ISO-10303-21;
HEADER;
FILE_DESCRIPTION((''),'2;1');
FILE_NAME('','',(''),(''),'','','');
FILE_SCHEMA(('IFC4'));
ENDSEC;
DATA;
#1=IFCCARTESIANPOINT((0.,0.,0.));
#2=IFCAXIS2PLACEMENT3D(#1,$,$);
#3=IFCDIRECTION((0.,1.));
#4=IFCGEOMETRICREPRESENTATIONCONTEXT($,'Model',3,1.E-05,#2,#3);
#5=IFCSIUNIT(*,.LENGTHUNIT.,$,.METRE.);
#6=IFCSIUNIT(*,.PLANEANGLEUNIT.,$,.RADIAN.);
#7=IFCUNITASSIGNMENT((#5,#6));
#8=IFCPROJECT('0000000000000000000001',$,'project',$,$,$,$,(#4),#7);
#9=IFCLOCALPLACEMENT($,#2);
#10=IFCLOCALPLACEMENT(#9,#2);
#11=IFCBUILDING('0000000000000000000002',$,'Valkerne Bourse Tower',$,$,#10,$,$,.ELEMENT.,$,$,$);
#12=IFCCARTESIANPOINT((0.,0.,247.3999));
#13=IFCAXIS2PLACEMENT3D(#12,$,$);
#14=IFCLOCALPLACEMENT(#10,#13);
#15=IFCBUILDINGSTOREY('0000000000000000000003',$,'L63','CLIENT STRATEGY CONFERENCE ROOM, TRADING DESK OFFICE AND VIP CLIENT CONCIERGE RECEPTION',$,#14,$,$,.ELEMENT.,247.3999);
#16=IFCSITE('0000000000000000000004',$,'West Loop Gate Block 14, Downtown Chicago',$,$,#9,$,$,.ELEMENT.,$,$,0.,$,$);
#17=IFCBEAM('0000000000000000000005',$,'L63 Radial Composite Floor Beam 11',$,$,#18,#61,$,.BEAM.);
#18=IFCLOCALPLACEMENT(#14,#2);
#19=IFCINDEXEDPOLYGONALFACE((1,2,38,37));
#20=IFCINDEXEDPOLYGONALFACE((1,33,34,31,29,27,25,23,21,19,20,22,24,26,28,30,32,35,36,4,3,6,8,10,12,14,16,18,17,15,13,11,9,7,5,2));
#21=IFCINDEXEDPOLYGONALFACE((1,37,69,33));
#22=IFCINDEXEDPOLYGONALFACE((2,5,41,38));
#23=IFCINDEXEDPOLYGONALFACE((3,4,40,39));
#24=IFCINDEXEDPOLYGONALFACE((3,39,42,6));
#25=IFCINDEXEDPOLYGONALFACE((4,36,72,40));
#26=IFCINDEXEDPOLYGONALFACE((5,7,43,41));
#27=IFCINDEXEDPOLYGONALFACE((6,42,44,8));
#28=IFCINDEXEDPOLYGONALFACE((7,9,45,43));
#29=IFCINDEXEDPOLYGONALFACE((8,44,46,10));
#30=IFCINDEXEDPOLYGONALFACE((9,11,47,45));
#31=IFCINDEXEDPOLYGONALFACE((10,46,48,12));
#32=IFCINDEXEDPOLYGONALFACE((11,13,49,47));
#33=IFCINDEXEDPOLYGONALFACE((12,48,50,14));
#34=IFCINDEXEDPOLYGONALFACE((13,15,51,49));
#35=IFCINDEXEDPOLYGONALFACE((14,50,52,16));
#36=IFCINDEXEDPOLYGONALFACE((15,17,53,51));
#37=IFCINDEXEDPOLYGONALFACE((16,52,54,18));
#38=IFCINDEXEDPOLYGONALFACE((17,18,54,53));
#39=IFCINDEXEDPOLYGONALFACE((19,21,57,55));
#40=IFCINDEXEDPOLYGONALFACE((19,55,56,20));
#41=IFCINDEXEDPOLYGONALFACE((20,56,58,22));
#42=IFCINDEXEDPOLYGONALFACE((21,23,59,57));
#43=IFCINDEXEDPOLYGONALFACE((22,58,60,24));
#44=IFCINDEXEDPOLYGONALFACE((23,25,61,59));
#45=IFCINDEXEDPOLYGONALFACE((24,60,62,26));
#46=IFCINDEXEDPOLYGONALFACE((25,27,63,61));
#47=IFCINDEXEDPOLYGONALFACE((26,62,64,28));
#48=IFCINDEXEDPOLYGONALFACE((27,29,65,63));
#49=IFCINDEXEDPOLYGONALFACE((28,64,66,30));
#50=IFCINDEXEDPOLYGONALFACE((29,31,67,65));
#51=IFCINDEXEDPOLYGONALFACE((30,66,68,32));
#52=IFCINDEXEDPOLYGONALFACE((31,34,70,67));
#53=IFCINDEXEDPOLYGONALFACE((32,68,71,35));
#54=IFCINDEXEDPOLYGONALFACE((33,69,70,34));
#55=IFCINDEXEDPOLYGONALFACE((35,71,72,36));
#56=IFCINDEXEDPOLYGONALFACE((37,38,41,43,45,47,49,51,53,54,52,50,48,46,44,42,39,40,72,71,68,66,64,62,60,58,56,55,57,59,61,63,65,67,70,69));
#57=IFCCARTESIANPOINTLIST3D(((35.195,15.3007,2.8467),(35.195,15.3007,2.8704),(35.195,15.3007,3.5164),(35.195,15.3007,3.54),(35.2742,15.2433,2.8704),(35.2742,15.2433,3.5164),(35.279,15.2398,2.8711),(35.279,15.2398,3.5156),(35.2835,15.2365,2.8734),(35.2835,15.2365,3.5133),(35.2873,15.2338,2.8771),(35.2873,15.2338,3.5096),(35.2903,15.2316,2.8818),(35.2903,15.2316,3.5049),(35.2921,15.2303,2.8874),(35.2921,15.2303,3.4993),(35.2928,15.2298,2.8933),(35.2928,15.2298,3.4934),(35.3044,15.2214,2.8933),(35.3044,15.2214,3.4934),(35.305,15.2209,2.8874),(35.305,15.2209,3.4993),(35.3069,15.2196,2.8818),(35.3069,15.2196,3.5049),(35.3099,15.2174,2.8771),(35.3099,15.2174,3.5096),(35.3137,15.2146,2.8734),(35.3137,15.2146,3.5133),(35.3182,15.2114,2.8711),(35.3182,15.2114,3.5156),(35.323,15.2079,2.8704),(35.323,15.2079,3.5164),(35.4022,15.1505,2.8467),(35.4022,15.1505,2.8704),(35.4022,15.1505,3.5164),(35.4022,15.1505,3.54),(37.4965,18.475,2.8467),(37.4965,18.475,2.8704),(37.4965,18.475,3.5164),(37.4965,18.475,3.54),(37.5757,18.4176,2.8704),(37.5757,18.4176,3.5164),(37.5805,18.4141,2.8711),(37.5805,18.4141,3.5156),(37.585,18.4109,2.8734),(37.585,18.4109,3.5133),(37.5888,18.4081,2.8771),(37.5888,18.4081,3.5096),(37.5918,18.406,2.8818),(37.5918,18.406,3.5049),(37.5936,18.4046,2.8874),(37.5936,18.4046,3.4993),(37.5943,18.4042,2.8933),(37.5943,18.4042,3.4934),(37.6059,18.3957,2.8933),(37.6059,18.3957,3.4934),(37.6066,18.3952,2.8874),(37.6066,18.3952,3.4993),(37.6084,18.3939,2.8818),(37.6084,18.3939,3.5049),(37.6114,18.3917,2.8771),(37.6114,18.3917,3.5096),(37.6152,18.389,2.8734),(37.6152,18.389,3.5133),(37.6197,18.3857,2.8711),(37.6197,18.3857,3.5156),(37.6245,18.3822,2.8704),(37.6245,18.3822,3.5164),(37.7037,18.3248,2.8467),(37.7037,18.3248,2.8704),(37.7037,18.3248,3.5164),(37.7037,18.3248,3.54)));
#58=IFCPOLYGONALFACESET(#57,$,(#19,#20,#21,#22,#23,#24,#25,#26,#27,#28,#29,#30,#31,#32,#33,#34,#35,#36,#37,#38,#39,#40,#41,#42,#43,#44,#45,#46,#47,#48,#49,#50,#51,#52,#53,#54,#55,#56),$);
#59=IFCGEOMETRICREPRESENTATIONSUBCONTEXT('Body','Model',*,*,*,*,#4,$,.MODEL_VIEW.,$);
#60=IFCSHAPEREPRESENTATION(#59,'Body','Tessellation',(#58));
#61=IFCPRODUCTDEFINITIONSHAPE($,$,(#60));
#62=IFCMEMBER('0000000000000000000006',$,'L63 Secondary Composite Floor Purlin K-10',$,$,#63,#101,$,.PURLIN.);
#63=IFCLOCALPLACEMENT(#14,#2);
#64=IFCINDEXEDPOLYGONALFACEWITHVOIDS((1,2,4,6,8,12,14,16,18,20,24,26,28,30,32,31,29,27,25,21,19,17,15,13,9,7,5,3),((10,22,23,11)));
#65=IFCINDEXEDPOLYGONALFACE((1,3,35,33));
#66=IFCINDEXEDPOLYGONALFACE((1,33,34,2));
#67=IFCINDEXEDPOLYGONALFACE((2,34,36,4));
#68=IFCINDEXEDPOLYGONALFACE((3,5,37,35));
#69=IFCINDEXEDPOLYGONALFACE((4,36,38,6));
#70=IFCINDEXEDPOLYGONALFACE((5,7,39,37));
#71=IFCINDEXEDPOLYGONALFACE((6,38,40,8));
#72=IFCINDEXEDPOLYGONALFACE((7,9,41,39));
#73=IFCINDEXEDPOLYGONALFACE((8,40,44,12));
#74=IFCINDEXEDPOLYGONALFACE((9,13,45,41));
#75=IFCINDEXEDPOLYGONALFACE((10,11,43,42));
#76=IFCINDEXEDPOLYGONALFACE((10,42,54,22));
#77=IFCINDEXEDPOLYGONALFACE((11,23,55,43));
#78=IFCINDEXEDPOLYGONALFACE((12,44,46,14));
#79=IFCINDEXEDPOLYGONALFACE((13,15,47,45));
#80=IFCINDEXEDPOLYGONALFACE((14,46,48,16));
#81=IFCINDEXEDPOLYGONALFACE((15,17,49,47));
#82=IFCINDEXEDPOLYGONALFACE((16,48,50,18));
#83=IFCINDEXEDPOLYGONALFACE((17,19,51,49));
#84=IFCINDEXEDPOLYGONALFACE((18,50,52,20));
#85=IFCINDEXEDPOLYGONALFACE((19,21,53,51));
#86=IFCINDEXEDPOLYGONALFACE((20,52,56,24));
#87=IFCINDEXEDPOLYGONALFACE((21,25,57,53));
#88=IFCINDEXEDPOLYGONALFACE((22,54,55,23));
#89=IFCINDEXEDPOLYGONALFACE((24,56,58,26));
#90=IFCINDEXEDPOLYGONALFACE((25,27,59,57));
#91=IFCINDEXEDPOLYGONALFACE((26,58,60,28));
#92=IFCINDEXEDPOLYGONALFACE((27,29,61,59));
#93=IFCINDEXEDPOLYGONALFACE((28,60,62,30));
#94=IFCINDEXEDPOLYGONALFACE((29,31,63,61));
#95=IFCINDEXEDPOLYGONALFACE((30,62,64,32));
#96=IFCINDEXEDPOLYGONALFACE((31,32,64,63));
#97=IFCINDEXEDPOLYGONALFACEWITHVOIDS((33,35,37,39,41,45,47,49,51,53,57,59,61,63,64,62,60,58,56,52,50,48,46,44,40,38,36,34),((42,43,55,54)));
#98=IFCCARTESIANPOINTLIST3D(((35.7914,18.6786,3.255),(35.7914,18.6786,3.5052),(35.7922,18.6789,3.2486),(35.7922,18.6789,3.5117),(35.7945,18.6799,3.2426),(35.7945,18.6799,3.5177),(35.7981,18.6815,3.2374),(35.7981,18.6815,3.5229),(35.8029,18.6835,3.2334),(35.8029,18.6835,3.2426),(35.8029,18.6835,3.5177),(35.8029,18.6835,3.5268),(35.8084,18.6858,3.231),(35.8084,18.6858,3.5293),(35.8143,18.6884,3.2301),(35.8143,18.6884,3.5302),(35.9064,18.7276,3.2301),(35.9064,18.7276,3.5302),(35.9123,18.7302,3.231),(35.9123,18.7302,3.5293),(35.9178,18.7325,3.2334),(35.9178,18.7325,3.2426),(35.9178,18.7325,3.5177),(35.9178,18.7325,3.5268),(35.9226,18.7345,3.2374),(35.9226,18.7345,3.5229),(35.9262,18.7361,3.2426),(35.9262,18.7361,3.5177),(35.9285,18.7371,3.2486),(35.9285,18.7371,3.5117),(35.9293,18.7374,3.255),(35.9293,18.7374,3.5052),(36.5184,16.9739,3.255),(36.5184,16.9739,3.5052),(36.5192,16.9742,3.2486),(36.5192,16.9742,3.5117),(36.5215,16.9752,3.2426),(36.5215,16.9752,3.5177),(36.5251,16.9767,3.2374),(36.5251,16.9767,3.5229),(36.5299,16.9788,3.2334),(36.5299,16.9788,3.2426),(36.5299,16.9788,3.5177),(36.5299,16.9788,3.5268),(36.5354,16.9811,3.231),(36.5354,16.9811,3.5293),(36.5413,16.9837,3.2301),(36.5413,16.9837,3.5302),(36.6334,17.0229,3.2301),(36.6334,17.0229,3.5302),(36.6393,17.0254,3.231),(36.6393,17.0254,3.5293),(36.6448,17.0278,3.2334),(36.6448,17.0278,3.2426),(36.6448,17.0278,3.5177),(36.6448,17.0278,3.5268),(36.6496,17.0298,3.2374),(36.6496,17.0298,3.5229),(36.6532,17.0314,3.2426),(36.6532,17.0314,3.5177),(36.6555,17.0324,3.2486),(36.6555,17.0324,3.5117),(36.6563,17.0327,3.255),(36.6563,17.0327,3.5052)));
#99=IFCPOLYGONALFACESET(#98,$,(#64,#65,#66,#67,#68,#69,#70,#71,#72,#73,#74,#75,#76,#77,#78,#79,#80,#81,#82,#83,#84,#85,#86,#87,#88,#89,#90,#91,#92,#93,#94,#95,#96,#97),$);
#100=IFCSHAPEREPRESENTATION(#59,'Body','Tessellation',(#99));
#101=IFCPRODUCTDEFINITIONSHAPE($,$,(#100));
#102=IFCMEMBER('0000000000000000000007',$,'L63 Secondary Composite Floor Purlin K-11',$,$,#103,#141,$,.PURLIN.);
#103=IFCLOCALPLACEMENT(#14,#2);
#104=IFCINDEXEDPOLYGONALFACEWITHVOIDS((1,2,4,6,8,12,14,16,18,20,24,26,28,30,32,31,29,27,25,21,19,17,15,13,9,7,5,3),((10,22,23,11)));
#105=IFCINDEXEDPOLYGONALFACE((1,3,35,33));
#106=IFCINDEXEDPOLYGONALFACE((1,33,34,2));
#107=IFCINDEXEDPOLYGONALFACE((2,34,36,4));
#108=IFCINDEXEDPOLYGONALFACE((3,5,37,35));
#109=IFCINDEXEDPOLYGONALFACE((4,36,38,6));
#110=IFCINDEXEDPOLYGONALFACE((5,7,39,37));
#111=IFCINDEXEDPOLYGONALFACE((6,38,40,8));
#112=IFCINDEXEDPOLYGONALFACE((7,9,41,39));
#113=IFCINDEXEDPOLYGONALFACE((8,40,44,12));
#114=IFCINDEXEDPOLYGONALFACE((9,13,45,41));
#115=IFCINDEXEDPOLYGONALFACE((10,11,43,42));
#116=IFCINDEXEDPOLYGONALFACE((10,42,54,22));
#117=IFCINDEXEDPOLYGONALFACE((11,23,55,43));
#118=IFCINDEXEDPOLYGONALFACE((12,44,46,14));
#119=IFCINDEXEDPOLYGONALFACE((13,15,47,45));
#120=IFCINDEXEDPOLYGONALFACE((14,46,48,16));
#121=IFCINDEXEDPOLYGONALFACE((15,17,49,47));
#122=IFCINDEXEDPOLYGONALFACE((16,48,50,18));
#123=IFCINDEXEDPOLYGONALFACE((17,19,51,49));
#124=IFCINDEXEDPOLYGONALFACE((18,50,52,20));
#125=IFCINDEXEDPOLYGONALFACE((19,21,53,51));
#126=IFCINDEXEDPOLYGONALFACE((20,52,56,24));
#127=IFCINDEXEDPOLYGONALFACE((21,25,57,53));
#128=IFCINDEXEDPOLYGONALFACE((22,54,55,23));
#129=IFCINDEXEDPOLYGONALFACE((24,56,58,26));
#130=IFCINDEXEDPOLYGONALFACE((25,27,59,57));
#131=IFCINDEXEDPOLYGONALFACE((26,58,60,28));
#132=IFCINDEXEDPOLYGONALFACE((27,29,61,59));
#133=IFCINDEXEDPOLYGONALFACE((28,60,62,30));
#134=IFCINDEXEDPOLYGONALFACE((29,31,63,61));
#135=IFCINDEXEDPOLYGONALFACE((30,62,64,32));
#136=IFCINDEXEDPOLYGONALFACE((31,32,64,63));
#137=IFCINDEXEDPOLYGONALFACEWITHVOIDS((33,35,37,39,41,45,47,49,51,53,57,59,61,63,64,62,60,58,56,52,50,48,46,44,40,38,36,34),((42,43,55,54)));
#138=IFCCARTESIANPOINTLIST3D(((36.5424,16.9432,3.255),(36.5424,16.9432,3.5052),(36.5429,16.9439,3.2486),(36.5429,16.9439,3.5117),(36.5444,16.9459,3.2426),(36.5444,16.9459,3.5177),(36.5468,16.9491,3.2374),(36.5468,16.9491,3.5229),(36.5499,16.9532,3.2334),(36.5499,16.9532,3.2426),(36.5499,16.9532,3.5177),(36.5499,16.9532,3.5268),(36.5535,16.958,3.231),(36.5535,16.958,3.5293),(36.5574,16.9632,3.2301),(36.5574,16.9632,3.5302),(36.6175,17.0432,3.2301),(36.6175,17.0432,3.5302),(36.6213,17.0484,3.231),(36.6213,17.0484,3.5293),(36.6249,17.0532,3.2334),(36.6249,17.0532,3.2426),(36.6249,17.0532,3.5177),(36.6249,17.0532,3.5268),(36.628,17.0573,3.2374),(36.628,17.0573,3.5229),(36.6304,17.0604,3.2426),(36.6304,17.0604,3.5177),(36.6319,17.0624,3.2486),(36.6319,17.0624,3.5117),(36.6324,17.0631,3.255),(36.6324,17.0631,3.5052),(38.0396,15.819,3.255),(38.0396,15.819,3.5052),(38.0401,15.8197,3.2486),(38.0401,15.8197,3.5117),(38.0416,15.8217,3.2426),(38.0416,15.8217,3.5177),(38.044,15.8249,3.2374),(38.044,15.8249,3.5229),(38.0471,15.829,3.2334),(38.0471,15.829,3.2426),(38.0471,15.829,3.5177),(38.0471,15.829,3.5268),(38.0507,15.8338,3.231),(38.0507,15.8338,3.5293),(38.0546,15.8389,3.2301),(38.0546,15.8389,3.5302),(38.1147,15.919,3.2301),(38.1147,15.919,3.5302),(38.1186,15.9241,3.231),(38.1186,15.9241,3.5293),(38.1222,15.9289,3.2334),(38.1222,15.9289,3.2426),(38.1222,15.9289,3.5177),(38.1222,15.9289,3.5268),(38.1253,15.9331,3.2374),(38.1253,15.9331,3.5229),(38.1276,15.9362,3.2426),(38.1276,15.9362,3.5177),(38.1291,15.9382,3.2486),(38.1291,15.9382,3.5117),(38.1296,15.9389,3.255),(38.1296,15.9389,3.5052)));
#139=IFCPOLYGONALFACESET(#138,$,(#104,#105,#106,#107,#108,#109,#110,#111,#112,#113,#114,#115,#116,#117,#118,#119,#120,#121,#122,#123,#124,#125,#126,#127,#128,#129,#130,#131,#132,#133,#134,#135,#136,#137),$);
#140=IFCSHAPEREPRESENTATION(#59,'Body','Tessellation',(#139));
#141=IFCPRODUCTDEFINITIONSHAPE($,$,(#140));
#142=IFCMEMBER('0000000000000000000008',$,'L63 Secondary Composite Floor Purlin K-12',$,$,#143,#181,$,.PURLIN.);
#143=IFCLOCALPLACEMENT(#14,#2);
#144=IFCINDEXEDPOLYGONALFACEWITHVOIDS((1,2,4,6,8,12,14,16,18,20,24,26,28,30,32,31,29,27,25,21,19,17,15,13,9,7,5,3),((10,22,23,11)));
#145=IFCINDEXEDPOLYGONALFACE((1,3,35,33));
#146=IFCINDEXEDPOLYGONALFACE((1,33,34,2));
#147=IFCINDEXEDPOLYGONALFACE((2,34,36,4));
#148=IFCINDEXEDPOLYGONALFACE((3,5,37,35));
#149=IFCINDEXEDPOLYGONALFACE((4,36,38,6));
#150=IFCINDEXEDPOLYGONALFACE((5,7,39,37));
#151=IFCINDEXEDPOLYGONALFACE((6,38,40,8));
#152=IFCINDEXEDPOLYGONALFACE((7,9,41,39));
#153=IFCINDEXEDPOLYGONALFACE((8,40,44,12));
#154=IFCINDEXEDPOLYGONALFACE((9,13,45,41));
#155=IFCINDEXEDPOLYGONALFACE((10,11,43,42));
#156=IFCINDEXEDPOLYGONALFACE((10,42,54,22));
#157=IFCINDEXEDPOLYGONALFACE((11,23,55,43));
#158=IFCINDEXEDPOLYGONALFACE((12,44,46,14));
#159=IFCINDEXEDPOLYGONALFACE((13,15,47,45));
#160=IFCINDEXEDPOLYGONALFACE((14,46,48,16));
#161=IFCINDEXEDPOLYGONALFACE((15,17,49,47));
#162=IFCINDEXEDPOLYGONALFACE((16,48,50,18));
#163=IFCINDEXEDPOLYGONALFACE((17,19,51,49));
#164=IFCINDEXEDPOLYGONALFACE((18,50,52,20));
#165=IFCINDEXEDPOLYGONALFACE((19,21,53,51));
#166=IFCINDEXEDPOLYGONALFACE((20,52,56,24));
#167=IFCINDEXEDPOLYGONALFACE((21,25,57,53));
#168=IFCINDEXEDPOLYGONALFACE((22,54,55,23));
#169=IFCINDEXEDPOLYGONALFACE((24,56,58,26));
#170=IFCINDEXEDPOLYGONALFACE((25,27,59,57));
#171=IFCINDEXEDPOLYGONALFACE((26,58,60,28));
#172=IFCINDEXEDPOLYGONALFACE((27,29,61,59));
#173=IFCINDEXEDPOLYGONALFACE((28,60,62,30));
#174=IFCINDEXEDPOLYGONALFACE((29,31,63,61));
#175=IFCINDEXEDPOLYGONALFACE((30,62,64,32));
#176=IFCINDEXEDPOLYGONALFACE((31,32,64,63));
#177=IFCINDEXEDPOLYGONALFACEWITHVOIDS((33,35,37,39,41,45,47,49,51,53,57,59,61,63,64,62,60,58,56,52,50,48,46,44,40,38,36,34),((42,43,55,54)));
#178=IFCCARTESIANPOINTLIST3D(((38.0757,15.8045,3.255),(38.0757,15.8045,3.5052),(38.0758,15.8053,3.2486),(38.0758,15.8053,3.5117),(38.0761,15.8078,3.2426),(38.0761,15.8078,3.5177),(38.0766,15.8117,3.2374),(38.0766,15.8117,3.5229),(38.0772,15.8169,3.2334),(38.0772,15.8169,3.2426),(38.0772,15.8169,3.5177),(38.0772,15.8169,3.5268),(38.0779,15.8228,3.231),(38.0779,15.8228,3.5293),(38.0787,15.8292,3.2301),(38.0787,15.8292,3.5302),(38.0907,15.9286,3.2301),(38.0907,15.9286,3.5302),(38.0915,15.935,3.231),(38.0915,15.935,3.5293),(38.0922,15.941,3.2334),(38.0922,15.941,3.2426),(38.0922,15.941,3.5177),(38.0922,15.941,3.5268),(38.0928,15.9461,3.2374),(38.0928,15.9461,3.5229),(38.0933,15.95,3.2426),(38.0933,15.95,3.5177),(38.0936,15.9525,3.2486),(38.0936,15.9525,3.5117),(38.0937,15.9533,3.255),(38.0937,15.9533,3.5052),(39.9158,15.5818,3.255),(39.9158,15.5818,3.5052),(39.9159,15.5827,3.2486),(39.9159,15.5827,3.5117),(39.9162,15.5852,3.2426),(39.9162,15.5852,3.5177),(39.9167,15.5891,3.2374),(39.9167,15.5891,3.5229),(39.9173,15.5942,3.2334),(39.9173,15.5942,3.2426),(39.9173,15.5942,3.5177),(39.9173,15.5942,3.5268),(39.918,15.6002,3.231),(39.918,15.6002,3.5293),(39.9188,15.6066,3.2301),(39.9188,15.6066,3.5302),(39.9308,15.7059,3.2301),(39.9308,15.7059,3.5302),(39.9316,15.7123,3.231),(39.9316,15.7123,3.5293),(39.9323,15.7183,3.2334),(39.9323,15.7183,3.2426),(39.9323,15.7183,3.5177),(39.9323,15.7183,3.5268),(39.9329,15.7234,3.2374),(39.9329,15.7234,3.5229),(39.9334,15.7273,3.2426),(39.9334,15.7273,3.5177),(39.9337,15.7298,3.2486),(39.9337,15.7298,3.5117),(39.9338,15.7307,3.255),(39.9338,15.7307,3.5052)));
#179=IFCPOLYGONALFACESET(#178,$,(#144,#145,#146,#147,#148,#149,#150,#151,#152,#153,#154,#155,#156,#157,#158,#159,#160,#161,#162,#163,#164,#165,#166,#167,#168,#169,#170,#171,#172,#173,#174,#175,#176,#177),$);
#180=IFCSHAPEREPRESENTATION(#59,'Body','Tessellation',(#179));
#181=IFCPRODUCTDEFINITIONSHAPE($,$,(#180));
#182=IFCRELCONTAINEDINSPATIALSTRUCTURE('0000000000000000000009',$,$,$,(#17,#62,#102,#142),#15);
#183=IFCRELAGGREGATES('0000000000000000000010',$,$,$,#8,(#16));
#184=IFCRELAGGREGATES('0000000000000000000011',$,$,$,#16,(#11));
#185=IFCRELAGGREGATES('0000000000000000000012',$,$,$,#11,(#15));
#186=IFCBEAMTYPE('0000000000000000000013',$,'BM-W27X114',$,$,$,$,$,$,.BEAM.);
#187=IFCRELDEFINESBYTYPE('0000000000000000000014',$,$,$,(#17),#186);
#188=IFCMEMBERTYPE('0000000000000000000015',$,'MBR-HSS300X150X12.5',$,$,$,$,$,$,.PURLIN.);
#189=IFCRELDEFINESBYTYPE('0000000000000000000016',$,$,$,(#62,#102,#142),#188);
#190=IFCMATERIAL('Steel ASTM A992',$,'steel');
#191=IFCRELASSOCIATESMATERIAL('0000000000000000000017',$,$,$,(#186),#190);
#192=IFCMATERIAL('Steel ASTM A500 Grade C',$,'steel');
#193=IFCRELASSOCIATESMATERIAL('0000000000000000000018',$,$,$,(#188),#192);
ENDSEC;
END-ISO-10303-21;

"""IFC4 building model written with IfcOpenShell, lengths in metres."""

from ifc_helpers import new_model, si_unit, direction, frame, origin, origin_2d, place, context, subcontext, project, spatial, hollow_rectangle, i_section, extrude, material, material_profile, profile_set, type_object, element, save


model = new_model("IFC4")

# Units and contexts
model_context = context("Model", 3, precision=1e-05, world=origin(), true_north=direction((0.0, 1.0)))
body_context = subcontext(model_context, "Body", "Model", "MODEL_VIEW")
ifc_project = project(units=[si_unit("LENGTHUNIT", "METRE"), si_unit("PLANEANGLEUNIT", "RADIAN")], contexts=[model_context])

# Site, building, storey
site_placement = place(None, origin())
site = spatial("IfcSite", under=ifc_project, at=site_placement, Name="West Loop Gate Block 14, Downtown Chicago", CompositionType="ELEMENT", RefElevation=0.0)
building_placement = place(site_placement, origin())
building = spatial("IfcBuilding", under=site, at=building_placement, Name="Valkerne Bourse Tower", CompositionType="ELEMENT")
storey_placement = place(building_placement, frame((0.0, 0.0, 247.3999)))
storey = spatial("IfcBuildingStorey", under=building, at=storey_placement, Name="L63", Description="CLIENT STRATEGY CONFERENCE ROOM, TRADING DESK OFFICE AND VIP CLIENT CONCIERGE RECEPTION", CompositionType="ELEMENT", Elevation=247.3999)

# Beam
ifc_material_1 = material(Name="Steel ASTM A992", Category="steel")
ifc_material_profile_1 = material_profile(ifc_material_1, i_section(OverallWidth=0.2559, OverallDepth=0.6934, WebThickness=0.0144, FlangeThickness=0.0237, FilletRadius=0.0229, at=origin_2d()), Name="W27X114")
ifc_profile_set_1 = profile_set([ifc_material_profile_1], Name="Steel ASTM A992")
beam_type_1 = type_object("IfcBeamType", Name="BM-W27X114", PredefinedType="BEAM", material=ifc_profile_set_1)
beam_1_placement = place(storey_placement, frame((35.2986, 15.2256, 3.1934), z_axis=(0.58699, 0.809594, 0.0), x_axis=(-0.809594, 0.58699, 0.0)))
element("IfcBeam", 1, at=beam_1_placement, inside=storey, type_object=beam_type_1, Name="L63 Radial Composite Floor Beam 11", PredefinedType="BEAM", context=body_context, shape_type="SweptSolid", body=[
    extrude(i_section(OverallWidth=0.2559, OverallDepth=0.6934, WebThickness=0.0144, FlangeThickness=0.0237, FilletRadius=0.0229, at=origin_2d()), origin(), (0.0, 0.0, 1.0), 3.9209),
])

# Members
ifc_material_2 = material(Name="Steel ASTM A500 Grade C", Category="steel")
ifc_material_profile_2 = material_profile(ifc_material_2, hollow_rectangle(XDim=0.1499, YDim=0.3, WallThickness=0.0125, OuterFilletRadius=0.0249, at=origin_2d()), Name="HSS300X150X12.5")
ifc_profile_set_2 = profile_set([ifc_material_profile_2], Name="Steel ASTM A500 Grade C")
member_type = type_object("IfcMemberType", Name="MBR-HSS300X150X12.5", PredefinedType="PURLIN", material=ifc_profile_set_2)
member_1_placement = place(storey_placement, frame((35.8604, 18.708, 3.3801), z_axis=(0.392281, -0.919845, 0.0), x_axis=(0.919845, 0.392281, 0.0)))
element("IfcMember", 2, at=member_1_placement, inside=storey, type_object=member_type, Name="L63 Secondary Composite Floor Purlin K-10", PredefinedType="PURLIN", context=body_context, shape_type="SweptSolid", body=[
    extrude(hollow_rectangle(XDim=0.1499, YDim=0.3, WallThickness=0.0125, OuterFilletRadius=0.0249, at=origin_2d()), origin(), (0.0, 0.0, 1.0), 1.8533),
])
member_2_placement = place(storey_placement, frame((36.5874, 17.0032, 3.3801), z_axis=(0.799671, -0.600438, 0.0), x_axis=(0.600438, 0.799671, 0.0)))
element("IfcMember", 3, at=member_2_placement, inside=storey, type_object=member_type, Name="L63 Secondary Composite Floor Purlin K-11", PredefinedType="PURLIN", context=body_context, shape_type="SweptSolid", body=[
    extrude(hollow_rectangle(XDim=0.1499, YDim=0.3, WallThickness=0.0125, OuterFilletRadius=0.0249, at=origin_2d()), origin(), (0.0, 0.0, 1.0), 1.8723),
])
member_3_placement = place(storey_placement, frame((38.0847, 15.8789, 3.3801), z_axis=(0.992759, -0.120127, 0.0), x_axis=(0.120127, 0.992759, 0.0)))
element("IfcMember", 4, at=member_3_placement, inside=storey, type_object=member_type, Name="L63 Secondary Composite Floor Purlin K-12", PredefinedType="PURLIN", context=body_context, shape_type="SweptSolid", body=[
    extrude(hollow_rectangle(XDim=0.1499, YDim=0.3, WallThickness=0.0125, OuterFilletRadius=0.0249, at=origin_2d()), origin(), (0.0, 0.0, 1.0), 1.8535),
])

save(model, "model.ifc")
